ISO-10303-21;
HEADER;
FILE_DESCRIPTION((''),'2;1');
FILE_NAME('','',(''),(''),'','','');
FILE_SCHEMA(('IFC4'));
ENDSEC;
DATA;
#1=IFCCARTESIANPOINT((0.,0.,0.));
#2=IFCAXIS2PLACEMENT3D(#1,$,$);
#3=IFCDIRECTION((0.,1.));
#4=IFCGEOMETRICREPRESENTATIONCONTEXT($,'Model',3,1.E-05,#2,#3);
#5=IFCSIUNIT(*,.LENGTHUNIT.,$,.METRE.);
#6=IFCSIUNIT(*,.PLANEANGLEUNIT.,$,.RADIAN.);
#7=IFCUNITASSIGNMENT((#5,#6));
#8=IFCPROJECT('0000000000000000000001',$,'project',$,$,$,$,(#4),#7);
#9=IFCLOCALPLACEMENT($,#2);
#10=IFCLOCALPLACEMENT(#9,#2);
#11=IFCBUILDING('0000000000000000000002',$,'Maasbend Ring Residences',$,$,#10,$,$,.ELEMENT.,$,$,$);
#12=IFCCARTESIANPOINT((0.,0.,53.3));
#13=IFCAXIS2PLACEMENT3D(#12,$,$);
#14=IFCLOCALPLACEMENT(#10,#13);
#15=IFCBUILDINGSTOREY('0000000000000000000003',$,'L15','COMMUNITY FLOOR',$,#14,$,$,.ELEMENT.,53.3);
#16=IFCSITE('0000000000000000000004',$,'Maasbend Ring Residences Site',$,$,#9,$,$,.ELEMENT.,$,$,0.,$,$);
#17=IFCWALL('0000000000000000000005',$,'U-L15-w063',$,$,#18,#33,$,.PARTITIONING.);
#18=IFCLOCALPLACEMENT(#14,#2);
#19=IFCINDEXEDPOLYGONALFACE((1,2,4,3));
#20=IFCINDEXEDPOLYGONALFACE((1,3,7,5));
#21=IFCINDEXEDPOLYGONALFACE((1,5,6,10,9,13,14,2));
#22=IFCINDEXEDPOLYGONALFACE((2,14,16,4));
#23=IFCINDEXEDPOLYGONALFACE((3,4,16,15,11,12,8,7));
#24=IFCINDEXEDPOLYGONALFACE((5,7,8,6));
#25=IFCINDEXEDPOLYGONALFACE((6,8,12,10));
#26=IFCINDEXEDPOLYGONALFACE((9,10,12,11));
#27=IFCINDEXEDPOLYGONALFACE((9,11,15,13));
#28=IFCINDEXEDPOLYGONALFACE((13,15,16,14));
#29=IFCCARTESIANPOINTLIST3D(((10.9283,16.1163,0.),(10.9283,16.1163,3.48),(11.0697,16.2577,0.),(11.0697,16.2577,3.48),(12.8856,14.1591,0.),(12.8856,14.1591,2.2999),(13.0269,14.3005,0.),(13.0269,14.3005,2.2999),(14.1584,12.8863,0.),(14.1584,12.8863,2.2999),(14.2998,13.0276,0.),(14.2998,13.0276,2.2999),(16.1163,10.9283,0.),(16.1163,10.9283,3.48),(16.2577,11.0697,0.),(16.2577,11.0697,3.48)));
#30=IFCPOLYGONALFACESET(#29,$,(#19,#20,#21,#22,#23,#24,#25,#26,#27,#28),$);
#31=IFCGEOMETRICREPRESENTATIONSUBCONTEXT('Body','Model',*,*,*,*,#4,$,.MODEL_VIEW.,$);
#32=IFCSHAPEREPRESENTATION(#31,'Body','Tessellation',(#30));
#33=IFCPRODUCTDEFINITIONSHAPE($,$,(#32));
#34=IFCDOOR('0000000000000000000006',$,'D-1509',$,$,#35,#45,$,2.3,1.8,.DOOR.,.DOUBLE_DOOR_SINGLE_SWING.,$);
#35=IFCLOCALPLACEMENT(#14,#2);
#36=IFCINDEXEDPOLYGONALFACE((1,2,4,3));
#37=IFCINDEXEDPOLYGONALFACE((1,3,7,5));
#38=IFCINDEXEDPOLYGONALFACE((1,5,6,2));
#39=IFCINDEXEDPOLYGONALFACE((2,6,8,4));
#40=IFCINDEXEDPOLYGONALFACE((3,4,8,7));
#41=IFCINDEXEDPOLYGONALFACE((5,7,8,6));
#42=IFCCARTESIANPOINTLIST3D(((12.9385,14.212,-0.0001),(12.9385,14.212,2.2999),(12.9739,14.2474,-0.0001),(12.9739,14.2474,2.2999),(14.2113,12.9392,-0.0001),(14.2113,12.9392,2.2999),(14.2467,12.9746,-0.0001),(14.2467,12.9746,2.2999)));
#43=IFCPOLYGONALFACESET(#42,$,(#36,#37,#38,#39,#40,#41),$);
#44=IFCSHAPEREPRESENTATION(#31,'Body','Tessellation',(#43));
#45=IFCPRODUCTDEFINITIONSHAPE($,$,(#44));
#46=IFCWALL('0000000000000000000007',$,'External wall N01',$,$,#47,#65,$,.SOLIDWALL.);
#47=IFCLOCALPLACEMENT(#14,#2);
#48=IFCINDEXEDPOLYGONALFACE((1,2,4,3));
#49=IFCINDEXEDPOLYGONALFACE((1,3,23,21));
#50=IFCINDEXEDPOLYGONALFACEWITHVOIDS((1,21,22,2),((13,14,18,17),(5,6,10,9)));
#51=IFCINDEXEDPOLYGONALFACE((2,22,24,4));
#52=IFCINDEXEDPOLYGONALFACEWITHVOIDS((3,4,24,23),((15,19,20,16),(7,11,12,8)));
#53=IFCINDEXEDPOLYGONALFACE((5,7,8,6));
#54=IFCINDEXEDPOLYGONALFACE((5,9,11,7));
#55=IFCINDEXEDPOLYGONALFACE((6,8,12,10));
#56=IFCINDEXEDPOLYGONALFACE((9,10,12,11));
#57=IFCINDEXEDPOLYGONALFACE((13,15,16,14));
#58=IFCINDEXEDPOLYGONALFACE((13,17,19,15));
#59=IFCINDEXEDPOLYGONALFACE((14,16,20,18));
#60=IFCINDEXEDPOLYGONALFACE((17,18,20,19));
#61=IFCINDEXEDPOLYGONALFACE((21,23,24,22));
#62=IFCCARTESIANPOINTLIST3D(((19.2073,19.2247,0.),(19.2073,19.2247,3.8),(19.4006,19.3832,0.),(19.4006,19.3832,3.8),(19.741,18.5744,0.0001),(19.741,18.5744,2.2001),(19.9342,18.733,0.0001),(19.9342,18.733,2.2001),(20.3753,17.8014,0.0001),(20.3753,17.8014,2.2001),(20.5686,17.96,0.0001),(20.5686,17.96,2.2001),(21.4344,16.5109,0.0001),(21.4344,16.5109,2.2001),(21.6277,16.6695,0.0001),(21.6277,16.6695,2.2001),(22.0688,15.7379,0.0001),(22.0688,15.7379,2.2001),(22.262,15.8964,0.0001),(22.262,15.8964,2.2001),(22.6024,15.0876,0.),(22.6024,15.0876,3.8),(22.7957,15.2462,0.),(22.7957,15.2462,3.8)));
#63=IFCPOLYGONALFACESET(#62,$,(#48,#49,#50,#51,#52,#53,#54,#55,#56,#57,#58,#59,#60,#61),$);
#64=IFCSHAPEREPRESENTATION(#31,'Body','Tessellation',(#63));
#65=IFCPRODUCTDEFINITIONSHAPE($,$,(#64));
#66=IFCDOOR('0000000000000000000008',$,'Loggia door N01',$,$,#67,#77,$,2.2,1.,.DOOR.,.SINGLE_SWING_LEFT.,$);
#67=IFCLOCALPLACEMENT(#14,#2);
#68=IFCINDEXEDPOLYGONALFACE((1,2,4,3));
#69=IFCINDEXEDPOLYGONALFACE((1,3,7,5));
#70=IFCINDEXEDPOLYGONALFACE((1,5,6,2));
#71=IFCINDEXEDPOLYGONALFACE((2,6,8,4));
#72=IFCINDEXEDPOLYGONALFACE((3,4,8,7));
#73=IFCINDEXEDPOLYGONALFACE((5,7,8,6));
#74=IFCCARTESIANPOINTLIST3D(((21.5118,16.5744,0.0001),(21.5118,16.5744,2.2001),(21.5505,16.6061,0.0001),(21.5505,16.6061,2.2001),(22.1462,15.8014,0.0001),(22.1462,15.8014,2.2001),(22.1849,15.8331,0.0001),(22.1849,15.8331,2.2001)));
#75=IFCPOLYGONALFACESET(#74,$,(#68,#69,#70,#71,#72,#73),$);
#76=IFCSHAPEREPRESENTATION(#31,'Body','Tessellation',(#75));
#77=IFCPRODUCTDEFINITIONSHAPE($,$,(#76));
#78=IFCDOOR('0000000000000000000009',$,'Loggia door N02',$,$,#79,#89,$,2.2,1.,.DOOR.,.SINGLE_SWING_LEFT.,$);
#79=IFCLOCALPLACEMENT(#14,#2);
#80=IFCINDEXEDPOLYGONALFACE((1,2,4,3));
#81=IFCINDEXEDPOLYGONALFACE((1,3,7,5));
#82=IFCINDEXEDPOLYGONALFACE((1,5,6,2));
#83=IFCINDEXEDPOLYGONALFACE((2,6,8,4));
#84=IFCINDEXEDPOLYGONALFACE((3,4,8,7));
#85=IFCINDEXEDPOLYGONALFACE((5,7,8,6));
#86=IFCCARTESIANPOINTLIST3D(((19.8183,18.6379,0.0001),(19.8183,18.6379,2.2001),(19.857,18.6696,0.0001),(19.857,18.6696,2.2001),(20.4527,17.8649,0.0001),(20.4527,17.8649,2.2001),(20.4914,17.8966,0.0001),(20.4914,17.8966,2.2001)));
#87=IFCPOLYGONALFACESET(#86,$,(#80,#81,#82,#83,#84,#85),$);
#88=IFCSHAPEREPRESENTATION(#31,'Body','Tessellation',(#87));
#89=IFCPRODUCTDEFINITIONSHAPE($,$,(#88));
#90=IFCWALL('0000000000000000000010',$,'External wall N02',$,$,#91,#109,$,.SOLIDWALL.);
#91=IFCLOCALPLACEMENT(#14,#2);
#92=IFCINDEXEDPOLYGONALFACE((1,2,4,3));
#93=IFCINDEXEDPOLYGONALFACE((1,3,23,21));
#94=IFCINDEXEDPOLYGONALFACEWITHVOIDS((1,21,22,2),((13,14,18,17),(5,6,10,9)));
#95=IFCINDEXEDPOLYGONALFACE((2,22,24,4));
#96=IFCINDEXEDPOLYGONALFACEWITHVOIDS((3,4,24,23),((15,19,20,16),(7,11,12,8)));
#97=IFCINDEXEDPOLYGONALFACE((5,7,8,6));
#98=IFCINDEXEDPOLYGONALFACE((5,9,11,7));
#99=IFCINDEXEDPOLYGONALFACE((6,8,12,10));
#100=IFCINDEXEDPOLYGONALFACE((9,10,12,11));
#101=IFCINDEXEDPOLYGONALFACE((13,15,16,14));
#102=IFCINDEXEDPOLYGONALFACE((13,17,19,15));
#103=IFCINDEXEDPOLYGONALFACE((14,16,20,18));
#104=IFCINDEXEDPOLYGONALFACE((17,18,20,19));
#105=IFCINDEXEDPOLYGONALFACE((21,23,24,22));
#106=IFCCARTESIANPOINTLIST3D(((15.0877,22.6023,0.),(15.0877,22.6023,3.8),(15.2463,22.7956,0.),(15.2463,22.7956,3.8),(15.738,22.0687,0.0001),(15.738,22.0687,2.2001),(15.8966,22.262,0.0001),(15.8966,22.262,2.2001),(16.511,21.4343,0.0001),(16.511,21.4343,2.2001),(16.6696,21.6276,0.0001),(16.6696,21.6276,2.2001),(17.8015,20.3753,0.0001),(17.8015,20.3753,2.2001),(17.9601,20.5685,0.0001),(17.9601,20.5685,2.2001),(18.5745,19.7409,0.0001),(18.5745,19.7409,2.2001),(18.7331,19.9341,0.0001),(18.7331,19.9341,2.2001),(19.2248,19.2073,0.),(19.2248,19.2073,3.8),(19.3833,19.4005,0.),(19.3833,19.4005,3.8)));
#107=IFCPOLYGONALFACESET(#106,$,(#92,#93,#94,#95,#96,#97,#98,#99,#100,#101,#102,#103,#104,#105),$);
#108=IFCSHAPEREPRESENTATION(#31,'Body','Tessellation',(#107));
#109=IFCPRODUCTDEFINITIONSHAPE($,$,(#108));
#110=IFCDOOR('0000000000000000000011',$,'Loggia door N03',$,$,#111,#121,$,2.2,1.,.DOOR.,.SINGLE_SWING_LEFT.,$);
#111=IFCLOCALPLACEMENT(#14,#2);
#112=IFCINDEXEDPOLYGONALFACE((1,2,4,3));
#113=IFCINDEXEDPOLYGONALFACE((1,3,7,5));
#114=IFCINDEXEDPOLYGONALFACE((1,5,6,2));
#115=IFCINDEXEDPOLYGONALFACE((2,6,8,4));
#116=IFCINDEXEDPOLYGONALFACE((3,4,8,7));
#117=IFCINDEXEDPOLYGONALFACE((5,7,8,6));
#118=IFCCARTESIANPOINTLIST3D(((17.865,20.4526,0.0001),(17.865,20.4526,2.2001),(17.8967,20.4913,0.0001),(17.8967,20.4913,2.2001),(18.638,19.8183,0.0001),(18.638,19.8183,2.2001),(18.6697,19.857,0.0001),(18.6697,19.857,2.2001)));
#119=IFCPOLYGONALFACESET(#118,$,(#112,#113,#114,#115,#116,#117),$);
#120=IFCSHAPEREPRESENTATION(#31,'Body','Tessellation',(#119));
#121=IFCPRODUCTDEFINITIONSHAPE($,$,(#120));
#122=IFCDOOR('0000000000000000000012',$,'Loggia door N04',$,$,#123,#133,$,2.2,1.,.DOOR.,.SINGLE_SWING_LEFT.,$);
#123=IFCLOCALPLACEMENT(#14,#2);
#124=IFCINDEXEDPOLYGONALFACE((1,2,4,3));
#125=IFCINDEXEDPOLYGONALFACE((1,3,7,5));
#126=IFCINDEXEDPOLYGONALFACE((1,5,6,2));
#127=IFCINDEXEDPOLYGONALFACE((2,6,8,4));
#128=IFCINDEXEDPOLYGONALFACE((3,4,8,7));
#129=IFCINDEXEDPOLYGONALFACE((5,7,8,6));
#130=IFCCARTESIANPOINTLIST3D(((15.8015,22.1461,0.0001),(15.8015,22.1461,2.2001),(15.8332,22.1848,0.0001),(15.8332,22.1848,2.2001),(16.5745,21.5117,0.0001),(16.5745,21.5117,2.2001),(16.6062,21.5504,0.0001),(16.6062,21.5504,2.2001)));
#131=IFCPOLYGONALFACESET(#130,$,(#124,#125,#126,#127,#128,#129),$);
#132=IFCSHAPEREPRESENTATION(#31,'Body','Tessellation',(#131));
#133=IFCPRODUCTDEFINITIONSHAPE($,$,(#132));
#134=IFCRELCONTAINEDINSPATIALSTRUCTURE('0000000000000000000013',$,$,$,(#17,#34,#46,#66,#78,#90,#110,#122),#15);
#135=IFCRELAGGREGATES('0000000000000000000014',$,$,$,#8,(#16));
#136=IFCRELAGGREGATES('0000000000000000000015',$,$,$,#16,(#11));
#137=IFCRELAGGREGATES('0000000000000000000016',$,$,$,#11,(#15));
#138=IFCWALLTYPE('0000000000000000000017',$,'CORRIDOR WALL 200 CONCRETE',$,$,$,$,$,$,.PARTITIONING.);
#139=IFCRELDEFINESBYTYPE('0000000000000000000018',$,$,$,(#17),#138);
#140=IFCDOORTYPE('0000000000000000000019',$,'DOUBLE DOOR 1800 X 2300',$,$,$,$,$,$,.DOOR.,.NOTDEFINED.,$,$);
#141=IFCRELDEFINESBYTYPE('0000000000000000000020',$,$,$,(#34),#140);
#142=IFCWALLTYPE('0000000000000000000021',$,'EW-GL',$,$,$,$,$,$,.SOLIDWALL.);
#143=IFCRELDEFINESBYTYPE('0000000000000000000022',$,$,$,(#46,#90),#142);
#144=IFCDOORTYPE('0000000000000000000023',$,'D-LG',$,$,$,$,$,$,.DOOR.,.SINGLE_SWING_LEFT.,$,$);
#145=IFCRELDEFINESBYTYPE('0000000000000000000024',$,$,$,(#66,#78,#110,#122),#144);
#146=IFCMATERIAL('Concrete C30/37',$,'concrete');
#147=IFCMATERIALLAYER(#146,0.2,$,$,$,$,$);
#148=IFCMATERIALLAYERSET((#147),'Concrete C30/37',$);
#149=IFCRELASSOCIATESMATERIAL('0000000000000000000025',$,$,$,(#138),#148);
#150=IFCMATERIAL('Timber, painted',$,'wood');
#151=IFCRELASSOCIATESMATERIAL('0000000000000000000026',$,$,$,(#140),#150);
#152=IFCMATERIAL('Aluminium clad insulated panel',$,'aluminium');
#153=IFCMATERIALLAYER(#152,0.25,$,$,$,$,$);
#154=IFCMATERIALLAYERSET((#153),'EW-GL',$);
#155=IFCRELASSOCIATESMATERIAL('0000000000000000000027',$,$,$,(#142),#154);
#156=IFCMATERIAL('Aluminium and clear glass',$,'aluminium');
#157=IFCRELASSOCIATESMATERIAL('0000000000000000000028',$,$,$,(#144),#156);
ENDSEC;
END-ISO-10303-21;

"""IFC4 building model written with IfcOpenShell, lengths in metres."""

from ifc_helpers import new_model, si_unit, direction, frame, frame_2d, origin, place, context, subcontext, project, spatial, rectangle, extrude, material, layer, layer_set, type_object, element, fill, save


model = new_model("IFC4")

# Units and contexts
model_context = context("Model", 3, precision=1e-05, world=origin(), true_north=direction((0.0, 1.0)))
body_context = subcontext(model_context, "Body", "Model", "MODEL_VIEW")
ifc_project = project(units=[si_unit("LENGTHUNIT", "METRE"), si_unit("PLANEANGLEUNIT", "RADIAN")], contexts=[model_context])

# Site, building, storey
site_placement = place(None, origin())
site = spatial("IfcSite", under=ifc_project, at=site_placement, Name="Maasbend Ring Residences Site", CompositionType="ELEMENT", RefElevation=0.0)
building_placement = place(site_placement, origin())
building = spatial("IfcBuilding", under=site, at=building_placement, Name="Maasbend Ring Residences", CompositionType="ELEMENT")
storey_placement = place(building_placement, frame((0.0, 0.0, 53.3)))
storey = spatial("IfcBuildingStorey", under=building, at=storey_placement, Name="L15", Description="COMMUNITY FLOOR", CompositionType="ELEMENT", Elevation=53.3)

# Shared definitions
ifc_material_1 = material(Name="Concrete C30/37", Category="concrete")
ifc_layer_1 = layer(ifc_material_1, 0.2)
ifc_layer_set_1 = layer_set([ifc_layer_1], Name="Concrete C30/37")
wall_type_1 = type_object("IfcWallType", Name="CORRIDOR WALL 200 CONCRETE", PredefinedType="PARTITIONING", material=ifc_layer_set_1)

# Wall, opening, door
wall_1_placement = place(storey_placement, frame((10.999, 16.187, 0.0), z_axis=(0.0, 0.0, 1.0), x_axis=(0.707107, -0.707107, 0.0)))
wall_1 = element("IfcWall", 1, at=wall_1_placement, inside=storey, type_object=wall_type_1, Name="U-L15-w063", PredefinedType="PARTITIONING", context=body_context, shape_type="SweptSolid", body=[
    extrude(rectangle(XDim=7.3369, YDim=0.2, at=frame_2d((3.6685, 0.0))), origin(), (0.0, 0.0, 1.0), 3.48),
])
opening_1_placement = place(wall_1_placement, frame((2.7681, 0.0, 0.0)))
opening_1 = element("IfcOpeningElement", 2, at=opening_1_placement, cuts=wall_1, PredefinedType="OPENING", context=body_context, shape_type="SweptSolid", body=[
    extrude(rectangle(XDim=1.8, YDim=2.3, at=frame_2d((0.8999, 1.1499))), frame((0.0, 0.1099, 0.0), z_axis=(0.0, -1.0, 0.0), x_axis=(1.0, 0.0, 0.0)), (0.0, 0.0, 1.0), 0.22),
])
ifc_material_2 = material(Name="Timber, painted", Category="wood")
door_type_1 = type_object("IfcDoorType", Name="DOUBLE DOOR 1800 X 2300", OperationType="NOTDEFINED", PredefinedType="DOOR", material=ifc_material_2)
door_1_placement = place(opening_1_placement, origin())
door_1 = element("IfcDoor", 3, at=door_1_placement, inside=storey, type_object=door_type_1, Name="D-1509", OperationType="DOUBLE_DOOR_SINGLE_SWING", OverallHeight=2.3, OverallWidth=1.8, PredefinedType="DOOR", context=body_context, shape_type="SweptSolid", body=[
    extrude(rectangle(XDim=1.8, YDim=2.3, at=frame_2d((0.8999, 1.1499))), frame((0.0, 0.0249, 0.0), z_axis=(0.0, -1.0, 0.0), x_axis=(1.0, 0.0, 0.0)), (0.0, 0.0, 1.0), 0.05),
])
fill(opening_1, door_1)

# Walls, openings, doors
ifc_material_3 = material(Name="Aluminium clad insulated panel", Category="aluminium")
ifc_layer_2 = layer(ifc_material_3, 0.25)
ifc_layer_set_2 = layer_set([ifc_layer_2], Name="EW-GL")
wall_type_2 = type_object("IfcWallType", Name="EW-GL", PredefinedType="SOLIDWALL", material=ifc_layer_set_2)
wall_2_placement = place(storey_placement, frame((22.699, 15.167, 0.0), z_axis=(0.0, 0.0, 1.0), x_axis=(-0.634382, 0.773019, 0.0)))
wall_2 = element("IfcWall", 4, at=wall_2_placement, inside=storey, type_object=wall_type_2, Name="External wall N01", PredefinedType="SOLIDWALL", context=body_context, shape_type="SweptSolid", body=[
    extrude(rectangle(XDim=5.3518, YDim=0.25, at=frame_2d((2.6758, 0.0))), origin(), (0.0, 0.0, 1.0), 3.8),
])
opening_2_placement = place(wall_2_placement, frame((0.8411, 0.0, 0.0)))
opening_2 = element("IfcOpeningElement", 5, at=opening_2_placement, cuts=wall_2, PredefinedType="OPENING", context=body_context, shape_type="SweptSolid", body=[
    extrude(rectangle(XDim=1.0, YDim=2.2, at=frame_2d((0.5, 1.1001))), frame((0.0, 0.135, 0.0), z_axis=(0.0, -1.0, 0.0), x_axis=(1.0, 0.0, 0.0)), (0.0, 0.0, 1.0), 0.27),
])
opening_3_placement = place(wall_2_placement, frame((3.5105, 0.0, 0.0)))
opening_3 = element("IfcOpeningElement", 6, at=opening_3_placement, cuts=wall_2, PredefinedType="OPENING", context=body_context, shape_type="SweptSolid", body=[
    extrude(rectangle(XDim=1.0, YDim=2.2, at=frame_2d((0.5, 1.1001))), frame((0.0, 0.135, 0.0), z_axis=(0.0, -1.0, 0.0), x_axis=(1.0, 0.0, 0.0)), (0.0, 0.0, 1.0), 0.27),
])
ifc_material_4 = material(Name="Aluminium and clear glass", Category="aluminium")
door_type_2 = type_object("IfcDoorType", Name="D-LG", OperationType="SINGLE_SWING_LEFT", PredefinedType="DOOR", material=ifc_material_4)
door_2_placement = place(opening_2_placement, origin())
door_2 = element("IfcDoor", 7, at=door_2_placement, inside=storey, type_object=door_type_2, Name="Loggia door N01", OperationType="SINGLE_SWING_LEFT", OverallHeight=2.2, OverallWidth=1.0, PredefinedType="DOOR", context=body_context, shape_type="SweptSolid", body=[
    extrude(rectangle(XDim=1.0, YDim=2.2, at=frame_2d((0.5, 1.1001))), frame((0.0, 0.0249, 0.0), z_axis=(0.0, -1.0, 0.0), x_axis=(1.0, 0.0, 0.0)), (0.0, 0.0, 1.0), 0.05),
])
fill(opening_2, door_2)
door_3_placement = place(opening_3_placement, origin())
door_3 = element("IfcDoor", 8, at=door_3_placement, inside=storey, type_object=door_type_2, Name="Loggia door N02", OperationType="SINGLE_SWING_LEFT", OverallHeight=2.2, OverallWidth=1.0, PredefinedType="DOOR", context=body_context, shape_type="SweptSolid", body=[
    extrude(rectangle(XDim=1.0, YDim=2.2, at=frame_2d((0.5, 1.1001))), frame((0.0, 0.0249, 0.0), z_axis=(0.0, -1.0, 0.0), x_axis=(1.0, 0.0, 0.0)), (0.0, 0.0, 1.0), 0.05),
])
fill(opening_3, door_3)
wall_3_placement = place(storey_placement, frame((19.304, 19.304, 0.0), z_axis=(0.0, 0.0, 1.0), x_axis=(-0.773019, 0.634382, 0.0)))
wall_3 = element("IfcWall", 9, at=wall_3_placement, inside=storey, type_object=wall_type_2, Name="External wall N02", PredefinedType="SOLIDWALL", context=body_context, shape_type="SweptSolid", body=[
    extrude(rectangle(XDim=5.3518, YDim=0.25, at=frame_2d((2.6758, 0.0))), origin(), (0.0, 0.0, 1.0), 3.8),
])
opening_4_placement = place(wall_3_placement, frame((0.8411, 0.0, 0.0)))
opening_4 = element("IfcOpeningElement", 10, at=opening_4_placement, cuts=wall_3, PredefinedType="OPENING", context=body_context, shape_type="SweptSolid", body=[
    extrude(rectangle(XDim=1.0, YDim=2.2, at=frame_2d((0.5, 1.1001))), frame((0.0, 0.135, 0.0), z_axis=(0.0, -1.0, 0.0), x_axis=(1.0, 0.0, 0.0)), (0.0, 0.0, 1.0), 0.27),
])
opening_5_placement = place(wall_3_placement, frame((3.5105, 0.0, 0.0)))
opening_5 = element("IfcOpeningElement", 11, at=opening_5_placement, cuts=wall_3, PredefinedType="OPENING", context=body_context, shape_type="SweptSolid", body=[
    extrude(rectangle(XDim=1.0, YDim=2.2, at=frame_2d((0.5, 1.1001))), frame((0.0, 0.135, 0.0), z_axis=(0.0, -1.0, 0.0), x_axis=(1.0, 0.0, 0.0)), (0.0, 0.0, 1.0), 0.27),
])
door_4_placement = place(opening_4_placement, origin())
door_4 = element("IfcDoor", 12, at=door_4_placement, inside=storey, type_object=door_type_2, Name="Loggia door N03", OperationType="SINGLE_SWING_LEFT", OverallHeight=2.2, OverallWidth=1.0, PredefinedType="DOOR", context=body_context, shape_type="SweptSolid", body=[
    extrude(rectangle(XDim=1.0, YDim=2.2, at=frame_2d((0.5, 1.1001))), frame((0.0, 0.0249, 0.0), z_axis=(0.0, -1.0, 0.0), x_axis=(1.0, 0.0, 0.0)), (0.0, 0.0, 1.0), 0.05),
])
fill(opening_4, door_4)
door_5_placement = place(opening_5_placement, origin())
door_5 = element("IfcDoor", 13, at=door_5_placement, inside=storey, type_object=door_type_2, Name="Loggia door N04", OperationType="SINGLE_SWING_LEFT", OverallHeight=2.2, OverallWidth=1.0, PredefinedType="DOOR", context=body_context, shape_type="SweptSolid", body=[
    extrude(rectangle(XDim=1.0, YDim=2.2, at=frame_2d((0.5, 1.1001))), frame((0.0, 0.0249, 0.0), z_axis=(0.0, -1.0, 0.0), x_axis=(1.0, 0.0, 0.0)), (0.0, 0.0, 1.0), 0.05),
])
fill(opening_5, door_5)

save(model, "model.ifc")
